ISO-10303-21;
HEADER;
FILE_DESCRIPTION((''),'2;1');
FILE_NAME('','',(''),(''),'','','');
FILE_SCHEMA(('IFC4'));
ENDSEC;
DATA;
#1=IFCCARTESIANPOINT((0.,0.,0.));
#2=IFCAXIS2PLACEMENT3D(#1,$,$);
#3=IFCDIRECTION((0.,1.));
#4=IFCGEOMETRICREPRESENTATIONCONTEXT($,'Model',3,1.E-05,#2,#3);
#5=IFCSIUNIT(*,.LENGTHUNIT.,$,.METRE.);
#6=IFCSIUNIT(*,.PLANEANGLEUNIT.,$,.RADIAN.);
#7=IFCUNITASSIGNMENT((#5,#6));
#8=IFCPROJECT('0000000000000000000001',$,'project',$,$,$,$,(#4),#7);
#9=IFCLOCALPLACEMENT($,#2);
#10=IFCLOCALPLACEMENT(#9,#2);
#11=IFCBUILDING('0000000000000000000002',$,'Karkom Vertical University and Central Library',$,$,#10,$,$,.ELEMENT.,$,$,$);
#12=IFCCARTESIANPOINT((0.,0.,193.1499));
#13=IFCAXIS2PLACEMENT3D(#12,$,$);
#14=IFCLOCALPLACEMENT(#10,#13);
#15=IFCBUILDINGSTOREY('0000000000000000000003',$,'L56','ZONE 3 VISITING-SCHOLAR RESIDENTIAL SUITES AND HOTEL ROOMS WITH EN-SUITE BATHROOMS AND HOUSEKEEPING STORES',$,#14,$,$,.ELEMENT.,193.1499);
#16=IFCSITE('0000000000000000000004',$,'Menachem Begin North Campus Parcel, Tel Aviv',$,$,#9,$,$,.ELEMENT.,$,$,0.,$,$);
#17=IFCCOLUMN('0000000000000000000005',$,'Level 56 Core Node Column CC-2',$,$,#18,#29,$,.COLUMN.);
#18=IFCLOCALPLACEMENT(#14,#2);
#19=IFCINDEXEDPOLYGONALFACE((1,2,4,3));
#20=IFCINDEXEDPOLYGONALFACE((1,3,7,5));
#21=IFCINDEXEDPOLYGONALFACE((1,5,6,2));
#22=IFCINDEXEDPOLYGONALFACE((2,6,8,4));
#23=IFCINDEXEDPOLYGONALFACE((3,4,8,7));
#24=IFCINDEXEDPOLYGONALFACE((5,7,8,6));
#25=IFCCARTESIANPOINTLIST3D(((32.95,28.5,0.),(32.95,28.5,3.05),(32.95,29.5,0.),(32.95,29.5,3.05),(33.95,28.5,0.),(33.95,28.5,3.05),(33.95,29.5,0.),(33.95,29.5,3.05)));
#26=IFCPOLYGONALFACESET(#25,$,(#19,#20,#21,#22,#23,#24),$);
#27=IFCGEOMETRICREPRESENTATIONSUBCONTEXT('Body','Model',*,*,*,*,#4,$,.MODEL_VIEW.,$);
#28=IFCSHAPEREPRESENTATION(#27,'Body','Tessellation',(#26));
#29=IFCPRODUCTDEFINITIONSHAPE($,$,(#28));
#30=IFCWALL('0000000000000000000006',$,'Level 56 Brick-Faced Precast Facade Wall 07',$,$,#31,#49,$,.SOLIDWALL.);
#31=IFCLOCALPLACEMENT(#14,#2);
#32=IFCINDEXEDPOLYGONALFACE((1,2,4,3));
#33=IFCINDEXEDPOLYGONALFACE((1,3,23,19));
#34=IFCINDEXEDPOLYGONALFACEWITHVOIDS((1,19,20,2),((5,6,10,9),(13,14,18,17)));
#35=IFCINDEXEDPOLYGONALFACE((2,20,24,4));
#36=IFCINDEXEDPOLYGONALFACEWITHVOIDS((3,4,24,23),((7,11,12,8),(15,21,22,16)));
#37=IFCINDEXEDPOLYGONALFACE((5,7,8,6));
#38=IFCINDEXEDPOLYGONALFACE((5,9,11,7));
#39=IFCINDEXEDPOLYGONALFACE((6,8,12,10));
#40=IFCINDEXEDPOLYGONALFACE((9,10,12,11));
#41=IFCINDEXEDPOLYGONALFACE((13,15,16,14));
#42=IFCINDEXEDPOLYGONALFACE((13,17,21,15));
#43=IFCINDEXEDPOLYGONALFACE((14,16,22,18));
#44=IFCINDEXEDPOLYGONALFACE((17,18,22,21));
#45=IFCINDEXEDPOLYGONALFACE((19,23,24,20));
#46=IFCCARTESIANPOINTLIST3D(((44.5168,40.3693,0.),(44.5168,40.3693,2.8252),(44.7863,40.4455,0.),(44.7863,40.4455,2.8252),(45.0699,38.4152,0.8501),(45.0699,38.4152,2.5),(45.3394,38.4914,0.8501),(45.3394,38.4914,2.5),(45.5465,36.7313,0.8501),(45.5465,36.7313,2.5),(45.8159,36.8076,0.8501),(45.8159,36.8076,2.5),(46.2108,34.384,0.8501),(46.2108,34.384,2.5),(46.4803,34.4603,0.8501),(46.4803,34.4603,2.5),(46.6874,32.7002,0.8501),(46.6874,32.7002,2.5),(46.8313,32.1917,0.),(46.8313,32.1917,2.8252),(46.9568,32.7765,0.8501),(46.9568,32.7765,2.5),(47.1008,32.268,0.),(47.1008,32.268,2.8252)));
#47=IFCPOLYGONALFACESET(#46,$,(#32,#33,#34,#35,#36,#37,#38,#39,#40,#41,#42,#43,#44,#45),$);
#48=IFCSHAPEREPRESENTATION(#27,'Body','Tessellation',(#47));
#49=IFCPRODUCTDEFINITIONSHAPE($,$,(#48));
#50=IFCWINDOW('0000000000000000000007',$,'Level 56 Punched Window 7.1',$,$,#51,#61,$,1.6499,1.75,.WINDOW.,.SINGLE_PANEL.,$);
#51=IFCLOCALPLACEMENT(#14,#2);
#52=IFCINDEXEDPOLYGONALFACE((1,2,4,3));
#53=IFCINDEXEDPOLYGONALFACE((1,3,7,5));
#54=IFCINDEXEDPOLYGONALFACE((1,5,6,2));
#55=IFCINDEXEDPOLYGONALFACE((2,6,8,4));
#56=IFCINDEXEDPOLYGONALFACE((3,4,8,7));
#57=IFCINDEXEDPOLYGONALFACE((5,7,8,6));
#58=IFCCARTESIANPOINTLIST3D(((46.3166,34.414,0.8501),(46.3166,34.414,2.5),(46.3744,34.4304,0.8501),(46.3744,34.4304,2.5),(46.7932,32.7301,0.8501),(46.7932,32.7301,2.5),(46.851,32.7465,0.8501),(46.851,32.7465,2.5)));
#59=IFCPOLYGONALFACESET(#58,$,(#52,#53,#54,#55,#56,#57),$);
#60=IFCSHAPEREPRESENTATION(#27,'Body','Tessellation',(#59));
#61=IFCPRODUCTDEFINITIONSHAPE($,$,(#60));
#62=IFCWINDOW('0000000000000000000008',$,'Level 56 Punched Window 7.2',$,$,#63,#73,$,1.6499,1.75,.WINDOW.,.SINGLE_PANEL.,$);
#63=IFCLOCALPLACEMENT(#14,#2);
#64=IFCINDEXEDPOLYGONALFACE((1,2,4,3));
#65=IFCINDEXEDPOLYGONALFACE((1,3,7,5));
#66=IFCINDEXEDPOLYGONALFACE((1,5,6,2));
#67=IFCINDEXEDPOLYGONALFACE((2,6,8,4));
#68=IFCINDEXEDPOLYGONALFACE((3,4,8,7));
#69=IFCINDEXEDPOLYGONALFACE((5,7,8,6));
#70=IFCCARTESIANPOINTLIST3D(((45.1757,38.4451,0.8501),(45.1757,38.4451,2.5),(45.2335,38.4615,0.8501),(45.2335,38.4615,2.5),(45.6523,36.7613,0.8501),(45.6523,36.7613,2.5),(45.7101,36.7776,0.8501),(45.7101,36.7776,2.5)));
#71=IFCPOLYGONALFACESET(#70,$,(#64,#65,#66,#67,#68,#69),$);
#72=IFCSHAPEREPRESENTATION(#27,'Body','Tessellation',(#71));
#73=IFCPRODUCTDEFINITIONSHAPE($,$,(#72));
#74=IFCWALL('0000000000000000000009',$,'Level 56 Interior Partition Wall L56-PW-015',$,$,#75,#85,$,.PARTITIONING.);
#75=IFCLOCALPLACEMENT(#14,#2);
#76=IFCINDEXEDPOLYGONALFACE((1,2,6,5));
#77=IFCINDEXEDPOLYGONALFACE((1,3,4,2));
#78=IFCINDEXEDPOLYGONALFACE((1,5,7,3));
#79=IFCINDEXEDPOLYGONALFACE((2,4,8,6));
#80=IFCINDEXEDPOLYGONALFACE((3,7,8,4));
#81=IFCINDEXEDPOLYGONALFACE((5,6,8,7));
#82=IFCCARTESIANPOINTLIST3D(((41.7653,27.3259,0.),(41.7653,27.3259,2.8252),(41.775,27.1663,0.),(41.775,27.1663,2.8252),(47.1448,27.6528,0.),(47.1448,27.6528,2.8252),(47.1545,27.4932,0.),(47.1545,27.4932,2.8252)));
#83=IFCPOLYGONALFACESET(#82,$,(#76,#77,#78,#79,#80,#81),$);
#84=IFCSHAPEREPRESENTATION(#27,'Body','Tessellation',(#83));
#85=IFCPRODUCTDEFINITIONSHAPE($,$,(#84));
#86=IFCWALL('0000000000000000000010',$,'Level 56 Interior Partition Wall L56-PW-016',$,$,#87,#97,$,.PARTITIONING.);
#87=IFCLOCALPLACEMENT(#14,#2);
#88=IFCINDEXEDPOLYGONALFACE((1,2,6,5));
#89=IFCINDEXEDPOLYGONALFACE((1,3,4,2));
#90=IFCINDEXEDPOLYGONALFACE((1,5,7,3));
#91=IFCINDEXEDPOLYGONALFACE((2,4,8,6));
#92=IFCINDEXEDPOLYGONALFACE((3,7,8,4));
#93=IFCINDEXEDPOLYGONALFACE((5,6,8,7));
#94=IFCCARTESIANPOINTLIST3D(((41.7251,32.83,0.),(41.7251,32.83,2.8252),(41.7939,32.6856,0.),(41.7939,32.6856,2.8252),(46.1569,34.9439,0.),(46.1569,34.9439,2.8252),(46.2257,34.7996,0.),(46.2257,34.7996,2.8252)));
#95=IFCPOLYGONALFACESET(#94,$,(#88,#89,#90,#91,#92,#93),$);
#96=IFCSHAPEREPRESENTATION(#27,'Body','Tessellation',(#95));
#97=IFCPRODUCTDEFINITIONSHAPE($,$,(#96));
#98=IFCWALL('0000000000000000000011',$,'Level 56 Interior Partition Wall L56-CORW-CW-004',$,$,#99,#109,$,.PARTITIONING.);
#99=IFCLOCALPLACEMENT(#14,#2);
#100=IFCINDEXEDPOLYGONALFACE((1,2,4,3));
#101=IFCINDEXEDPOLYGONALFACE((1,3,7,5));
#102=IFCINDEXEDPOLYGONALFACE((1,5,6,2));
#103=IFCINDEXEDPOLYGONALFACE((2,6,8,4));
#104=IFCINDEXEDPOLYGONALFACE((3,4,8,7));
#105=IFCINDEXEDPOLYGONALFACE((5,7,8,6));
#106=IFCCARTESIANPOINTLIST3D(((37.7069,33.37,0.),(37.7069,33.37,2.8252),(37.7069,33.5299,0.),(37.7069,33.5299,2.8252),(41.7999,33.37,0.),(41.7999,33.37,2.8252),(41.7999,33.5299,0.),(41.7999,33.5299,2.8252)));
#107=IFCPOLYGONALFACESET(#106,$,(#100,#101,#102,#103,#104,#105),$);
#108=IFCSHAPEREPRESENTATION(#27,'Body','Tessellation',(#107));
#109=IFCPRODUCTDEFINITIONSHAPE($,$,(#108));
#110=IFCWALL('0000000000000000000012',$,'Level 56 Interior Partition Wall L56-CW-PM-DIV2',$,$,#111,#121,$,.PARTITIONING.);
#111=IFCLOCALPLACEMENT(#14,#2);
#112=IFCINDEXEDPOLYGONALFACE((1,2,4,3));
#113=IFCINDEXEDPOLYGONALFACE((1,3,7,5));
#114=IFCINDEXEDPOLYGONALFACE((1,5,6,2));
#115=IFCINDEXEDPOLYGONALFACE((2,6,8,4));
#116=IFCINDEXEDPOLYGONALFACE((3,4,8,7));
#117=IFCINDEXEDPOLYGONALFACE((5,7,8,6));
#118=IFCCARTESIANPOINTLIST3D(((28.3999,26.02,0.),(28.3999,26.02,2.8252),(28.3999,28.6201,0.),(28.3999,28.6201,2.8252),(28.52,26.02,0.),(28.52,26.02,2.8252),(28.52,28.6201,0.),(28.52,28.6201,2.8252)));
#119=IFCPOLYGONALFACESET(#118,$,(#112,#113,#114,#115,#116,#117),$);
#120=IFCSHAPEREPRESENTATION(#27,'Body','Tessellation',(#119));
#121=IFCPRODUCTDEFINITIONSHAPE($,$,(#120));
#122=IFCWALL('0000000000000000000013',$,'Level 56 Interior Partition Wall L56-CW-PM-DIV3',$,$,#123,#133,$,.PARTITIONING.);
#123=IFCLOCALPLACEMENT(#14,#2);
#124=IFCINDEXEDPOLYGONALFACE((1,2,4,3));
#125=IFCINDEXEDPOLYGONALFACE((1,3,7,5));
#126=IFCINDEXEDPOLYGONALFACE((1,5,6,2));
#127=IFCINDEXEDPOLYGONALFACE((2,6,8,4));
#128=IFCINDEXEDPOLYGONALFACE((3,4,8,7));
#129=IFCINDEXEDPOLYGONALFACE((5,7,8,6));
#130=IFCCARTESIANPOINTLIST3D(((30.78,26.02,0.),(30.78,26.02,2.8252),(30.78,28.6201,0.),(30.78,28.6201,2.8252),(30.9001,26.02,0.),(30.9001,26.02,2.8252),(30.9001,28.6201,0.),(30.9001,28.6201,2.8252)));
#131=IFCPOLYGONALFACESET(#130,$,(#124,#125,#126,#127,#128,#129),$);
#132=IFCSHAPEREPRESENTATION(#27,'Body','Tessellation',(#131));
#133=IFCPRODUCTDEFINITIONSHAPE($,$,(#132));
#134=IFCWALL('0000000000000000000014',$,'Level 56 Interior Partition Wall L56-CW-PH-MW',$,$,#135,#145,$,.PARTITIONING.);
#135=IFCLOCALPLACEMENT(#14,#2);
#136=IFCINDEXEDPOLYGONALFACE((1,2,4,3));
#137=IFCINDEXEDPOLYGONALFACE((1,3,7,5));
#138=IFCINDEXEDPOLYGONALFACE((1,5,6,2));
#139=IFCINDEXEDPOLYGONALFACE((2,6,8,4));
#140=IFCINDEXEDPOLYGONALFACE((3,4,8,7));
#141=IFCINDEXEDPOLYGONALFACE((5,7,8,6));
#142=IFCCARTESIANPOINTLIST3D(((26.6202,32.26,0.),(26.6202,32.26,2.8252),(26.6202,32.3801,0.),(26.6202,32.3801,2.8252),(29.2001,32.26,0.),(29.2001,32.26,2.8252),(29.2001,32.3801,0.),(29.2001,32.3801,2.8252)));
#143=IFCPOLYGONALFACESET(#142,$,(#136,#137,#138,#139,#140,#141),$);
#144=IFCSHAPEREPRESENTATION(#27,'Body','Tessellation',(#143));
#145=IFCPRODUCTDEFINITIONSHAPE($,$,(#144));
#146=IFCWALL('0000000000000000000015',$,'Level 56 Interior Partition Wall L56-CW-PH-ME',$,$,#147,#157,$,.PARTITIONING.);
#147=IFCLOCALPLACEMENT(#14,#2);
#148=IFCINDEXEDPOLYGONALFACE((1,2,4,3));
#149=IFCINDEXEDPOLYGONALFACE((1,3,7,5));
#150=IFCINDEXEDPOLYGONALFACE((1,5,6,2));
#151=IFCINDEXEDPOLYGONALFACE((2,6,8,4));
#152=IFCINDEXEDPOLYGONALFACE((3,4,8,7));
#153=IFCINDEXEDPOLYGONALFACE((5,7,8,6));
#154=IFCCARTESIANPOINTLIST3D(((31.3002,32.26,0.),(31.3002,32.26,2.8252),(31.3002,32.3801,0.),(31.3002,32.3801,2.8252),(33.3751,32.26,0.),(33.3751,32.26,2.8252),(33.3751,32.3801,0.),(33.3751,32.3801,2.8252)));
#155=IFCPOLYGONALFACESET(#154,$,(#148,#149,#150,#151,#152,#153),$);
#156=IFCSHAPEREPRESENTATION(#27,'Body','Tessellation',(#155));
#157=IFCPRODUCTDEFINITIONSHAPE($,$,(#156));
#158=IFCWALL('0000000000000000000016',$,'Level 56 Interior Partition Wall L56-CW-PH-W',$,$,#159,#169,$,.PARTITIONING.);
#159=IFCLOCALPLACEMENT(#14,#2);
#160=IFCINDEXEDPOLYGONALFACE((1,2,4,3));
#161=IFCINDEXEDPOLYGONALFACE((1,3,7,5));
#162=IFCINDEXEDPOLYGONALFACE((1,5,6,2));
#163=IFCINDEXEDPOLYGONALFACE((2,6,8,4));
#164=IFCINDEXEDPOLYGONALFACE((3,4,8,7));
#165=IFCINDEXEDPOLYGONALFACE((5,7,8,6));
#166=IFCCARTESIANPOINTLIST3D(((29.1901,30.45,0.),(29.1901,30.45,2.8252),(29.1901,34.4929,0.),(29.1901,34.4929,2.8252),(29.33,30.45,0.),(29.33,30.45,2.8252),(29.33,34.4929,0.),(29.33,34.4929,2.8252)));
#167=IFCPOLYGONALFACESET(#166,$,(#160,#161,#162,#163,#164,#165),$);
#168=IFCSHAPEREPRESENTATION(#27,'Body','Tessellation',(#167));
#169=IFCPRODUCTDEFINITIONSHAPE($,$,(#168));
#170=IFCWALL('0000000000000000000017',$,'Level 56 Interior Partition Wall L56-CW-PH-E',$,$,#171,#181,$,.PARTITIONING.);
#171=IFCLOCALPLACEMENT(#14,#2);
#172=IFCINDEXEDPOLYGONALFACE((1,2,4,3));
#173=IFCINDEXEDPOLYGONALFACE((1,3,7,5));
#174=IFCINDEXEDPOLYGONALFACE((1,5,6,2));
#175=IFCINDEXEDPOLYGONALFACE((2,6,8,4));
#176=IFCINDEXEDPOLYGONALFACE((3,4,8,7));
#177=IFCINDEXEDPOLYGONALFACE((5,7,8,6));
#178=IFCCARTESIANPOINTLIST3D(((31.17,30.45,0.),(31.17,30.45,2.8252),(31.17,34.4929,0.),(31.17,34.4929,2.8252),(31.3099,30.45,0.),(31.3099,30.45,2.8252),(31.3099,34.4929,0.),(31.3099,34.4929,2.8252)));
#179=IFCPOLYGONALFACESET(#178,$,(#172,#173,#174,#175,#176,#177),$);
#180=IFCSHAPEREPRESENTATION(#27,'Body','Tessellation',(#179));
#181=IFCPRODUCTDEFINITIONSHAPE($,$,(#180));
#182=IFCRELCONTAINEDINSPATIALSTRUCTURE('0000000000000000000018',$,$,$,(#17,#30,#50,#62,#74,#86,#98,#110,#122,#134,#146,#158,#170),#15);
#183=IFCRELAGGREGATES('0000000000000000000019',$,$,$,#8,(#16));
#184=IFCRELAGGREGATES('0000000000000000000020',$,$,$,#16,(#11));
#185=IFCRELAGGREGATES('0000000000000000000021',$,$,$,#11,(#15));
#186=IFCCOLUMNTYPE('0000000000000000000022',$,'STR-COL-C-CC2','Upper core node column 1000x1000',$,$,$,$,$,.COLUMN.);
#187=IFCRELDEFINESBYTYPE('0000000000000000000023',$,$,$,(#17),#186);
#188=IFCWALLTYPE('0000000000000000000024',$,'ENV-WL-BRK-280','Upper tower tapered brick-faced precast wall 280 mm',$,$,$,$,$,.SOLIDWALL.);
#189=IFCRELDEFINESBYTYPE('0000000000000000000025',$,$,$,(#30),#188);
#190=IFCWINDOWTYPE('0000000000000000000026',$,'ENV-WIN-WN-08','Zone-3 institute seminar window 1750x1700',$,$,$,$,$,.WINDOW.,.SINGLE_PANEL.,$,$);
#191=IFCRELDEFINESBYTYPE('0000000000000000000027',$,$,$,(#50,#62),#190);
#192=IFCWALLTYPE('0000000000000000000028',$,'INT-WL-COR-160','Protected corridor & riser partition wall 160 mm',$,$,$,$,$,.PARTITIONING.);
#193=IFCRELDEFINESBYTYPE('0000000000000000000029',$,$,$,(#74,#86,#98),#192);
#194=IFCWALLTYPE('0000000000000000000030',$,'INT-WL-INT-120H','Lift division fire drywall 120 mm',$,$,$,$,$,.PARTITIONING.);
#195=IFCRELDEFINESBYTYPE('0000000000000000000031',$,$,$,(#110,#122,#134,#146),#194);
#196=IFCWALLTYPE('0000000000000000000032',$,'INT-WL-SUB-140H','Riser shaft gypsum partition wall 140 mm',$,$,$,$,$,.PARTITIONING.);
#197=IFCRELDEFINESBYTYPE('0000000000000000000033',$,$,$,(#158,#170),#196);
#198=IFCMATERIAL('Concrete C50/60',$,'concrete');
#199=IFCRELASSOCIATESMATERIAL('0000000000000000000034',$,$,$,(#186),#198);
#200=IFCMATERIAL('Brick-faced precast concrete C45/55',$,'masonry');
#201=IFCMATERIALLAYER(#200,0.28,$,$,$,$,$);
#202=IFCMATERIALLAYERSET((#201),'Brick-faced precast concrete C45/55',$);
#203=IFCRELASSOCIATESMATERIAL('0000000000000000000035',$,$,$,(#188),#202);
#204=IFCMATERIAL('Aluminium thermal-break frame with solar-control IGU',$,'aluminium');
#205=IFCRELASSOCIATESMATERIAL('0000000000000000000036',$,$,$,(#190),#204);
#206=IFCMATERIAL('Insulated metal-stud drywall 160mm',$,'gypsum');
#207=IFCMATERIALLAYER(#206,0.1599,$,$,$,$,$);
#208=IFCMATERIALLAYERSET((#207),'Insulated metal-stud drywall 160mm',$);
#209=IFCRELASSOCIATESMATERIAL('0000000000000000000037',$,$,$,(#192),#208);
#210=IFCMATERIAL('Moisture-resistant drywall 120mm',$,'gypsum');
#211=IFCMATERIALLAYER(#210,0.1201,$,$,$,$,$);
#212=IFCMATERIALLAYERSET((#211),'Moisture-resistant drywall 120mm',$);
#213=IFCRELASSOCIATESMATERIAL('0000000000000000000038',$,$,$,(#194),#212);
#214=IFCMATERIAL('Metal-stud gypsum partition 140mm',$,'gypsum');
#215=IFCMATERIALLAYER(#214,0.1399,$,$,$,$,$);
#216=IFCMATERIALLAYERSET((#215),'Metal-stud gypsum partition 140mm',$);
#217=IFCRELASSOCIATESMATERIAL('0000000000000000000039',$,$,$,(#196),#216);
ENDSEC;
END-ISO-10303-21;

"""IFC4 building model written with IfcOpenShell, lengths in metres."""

from ifc_helpers import new_model, si_unit, direction, frame, frame_2d, origin, origin_with_axes, origin_2d, place, context, subcontext, project, spatial, rectangle, extrude, source, transform, mapped, material, layer, layer_set, material_profile, profile_set, type_object, element, fill, save


model = new_model("IFC4")

# Units and contexts
model_context = context("Model", 3, precision=1e-05, world=origin(), true_north=direction((0.0, 1.0)))
body_context = subcontext(model_context, "Body", "Model", "MODEL_VIEW")
ifc_project = project(units=[si_unit("LENGTHUNIT", "METRE"), si_unit("PLANEANGLEUNIT", "RADIAN")], contexts=[model_context])

# Site, building, storey
site_placement = place(None, origin())
site = spatial("IfcSite", under=ifc_project, at=site_placement, Name="Menachem Begin North Campus Parcel, Tel Aviv", CompositionType="ELEMENT", RefElevation=0.0)
building_placement = place(site_placement, origin())
building = spatial("IfcBuilding", under=site, at=building_placement, Name="Karkom Vertical University and Central Library", CompositionType="ELEMENT")
storey_placement = place(building_placement, frame((0.0, 0.0, 193.1499)))
storey = spatial("IfcBuildingStorey", under=building, at=storey_placement, Name="L56", Description="ZONE 3 VISITING-SCHOLAR RESIDENTIAL SUITES AND HOTEL ROOMS WITH EN-SUITE BATHROOMS AND HOUSEKEEPING STORES", CompositionType="ELEMENT", Elevation=193.1499)

# Column
ifc_material_1 = material(Name="Concrete C50/60", Category="concrete")
ifc_material_profile = material_profile(ifc_material_1, rectangle(XDim=1.0, YDim=1.0, at=origin_2d()), Name="RC-1000x1000")
ifc_profile_set = profile_set([ifc_material_profile], Name="Concrete C50/60")
column_type = type_object("IfcColumnType", Name="STR-COL-C-CC2", Description="Upper core node column 1000x1000", PredefinedType="COLUMN", material=ifc_profile_set)
shared_shape_1 = source(origin_with_axes(), body_context, "Body", "SweptSolid", [
    extrude(rectangle(XDim=1.0, YDim=1.0, at=origin_2d()), origin(), (0.0, 0.0, 1.0), 3.05),
])
column_placement = place(storey_placement, frame((33.45, 29.0, 0.0), z_axis=(0.0, 0.0, 1.0), x_axis=(1.0, 0.0, 0.0)))
element("IfcColumn", 1, at=column_placement, inside=storey, type_object=column_type, Name="Level 56 Core Node Column CC-2", PredefinedType="COLUMN", context=body_context, shape_type="MappedRepresentation", body=[
    mapped(shared_shape_1, transform((0.0, 0.0, 0.0), scale=1.0)),
])

# Wall, openings, windows
ifc_material_2 = material(Name="Brick-faced precast concrete C45/55", Category="masonry")
ifc_layer_1 = layer(ifc_material_2, 0.28)
ifc_layer_set_1 = layer_set([ifc_layer_1], Name="Brick-faced precast concrete C45/55")
wall_type_1 = type_object("IfcWallType", Name="ENV-WL-BRK-280", Description="Upper tower tapered brick-faced precast wall 280 mm", PredefinedType="SOLIDWALL", material=ifc_layer_set_1)
wall_1_placement = place(storey_placement, frame((46.9661, 32.2297, 0.0), z_axis=(0.0, 0.0, 1.0), x_axis=(-0.27233, 0.962204, 0.0)))
wall_1 = element("IfcWall", 2, at=wall_1_placement, inside=storey, type_object=wall_type_1, Name="Level 56 Brick-Faced Precast Facade Wall 07", PredefinedType="SOLIDWALL", context=body_context, shape_type="SweptSolid", body=[
    extrude(rectangle(XDim=8.4988, YDim=0.28, at=frame_2d((4.2495, 0.0))), origin(), (0.0, 0.0, 1.0), 2.8252),
])
opening_1_placement = place(wall_1_placement, frame((0.5286, 0.0, 0.8501)))
opening_1 = element("IfcOpeningElement", 3, at=opening_1_placement, cuts=wall_1, PredefinedType="OPENING", context=body_context, shape_type="SweptSolid", body=[
    extrude(rectangle(XDim=1.75, YDim=1.6499, at=frame_2d((0.875, 0.825))), frame((0.0, 0.1499, 0.0), z_axis=(0.0, -1.0, 0.0), x_axis=(1.0, 0.0, 0.0)), (0.0, 0.0, 1.0), 0.3),
])
opening_2_placement = place(wall_1_placement, frame((4.718, 0.0, 0.8501)))
opening_2 = element("IfcOpeningElement", 4, at=opening_2_placement, cuts=wall_1, PredefinedType="OPENING", context=body_context, shape_type="SweptSolid", body=[
    extrude(rectangle(XDim=1.75, YDim=1.6499, at=frame_2d((0.875, 0.825))), frame((0.0, 0.1499, 0.0), z_axis=(0.0, -1.0, 0.0), x_axis=(1.0, 0.0, 0.0)), (0.0, 0.0, 1.0), 0.3),
])
ifc_material_3 = material(Name="Aluminium thermal-break frame with solar-control IGU", Category="aluminium")
window_type = type_object("IfcWindowType", Name="ENV-WIN-WN-08", Description="Zone-3 institute seminar window 1750x1700", PartitioningType="SINGLE_PANEL", PredefinedType="WINDOW", material=ifc_material_3)
shared_shape_2 = source(origin_with_axes(), body_context, "Body", "SweptSolid", [
    extrude(rectangle(XDim=1.75, YDim=1.6499, at=frame_2d((0.875, 0.825))), frame((0.0, 0.03, 0.0), z_axis=(0.0, -1.0, 0.0), x_axis=(1.0, 0.0, 0.0)), (0.0, 0.0, 1.0), 0.0601),
])
window_1_placement = place(opening_1_placement, origin())
window_1 = element("IfcWindow", 5, at=window_1_placement, inside=storey, type_object=window_type, Name="Level 56 Punched Window 7.1", OverallHeight=1.6499, OverallWidth=1.75, PartitioningType="SINGLE_PANEL", PredefinedType="WINDOW", context=body_context, shape_type="MappedRepresentation", body=[
    mapped(shared_shape_2, transform((0.0, 0.0, 0.0), scale=1.0)),
])
fill(opening_1, window_1)
window_2_placement = place(opening_2_placement, origin())
window_2 = element("IfcWindow", 6, at=window_2_placement, inside=storey, type_object=window_type, Name="Level 56 Punched Window 7.2", OverallHeight=1.6499, OverallWidth=1.75, PartitioningType="SINGLE_PANEL", PredefinedType="WINDOW", context=body_context, shape_type="MappedRepresentation", body=[
    mapped(shared_shape_2, transform((0.0, 0.0, 0.0), scale=1.0)),
])
fill(opening_2, window_2)

# Shared definitions
ifc_material_4 = material(Name="Insulated metal-stud drywall 160mm", Category="gypsum")
ifc_layer_2 = layer(ifc_material_4, 0.1599)
ifc_layer_set_2 = layer_set([ifc_layer_2], Name="Insulated metal-stud drywall 160mm")
wall_type_2 = type_object("IfcWallType", Name="INT-WL-COR-160", Description="Protected corridor & riser partition wall 160 mm", PredefinedType="PARTITIONING", material=ifc_layer_set_2)

# Walls
wall_2_placement = place(storey_placement, frame((41.77, 27.2461, 0.0), z_axis=(0.0, 0.0, 1.0), x_axis=(0.998159, 0.060658, 0.0)))
element("IfcWall", 7, at=wall_2_placement, inside=storey, type_object=wall_type_2, Name="Level 56 Interior Partition Wall L56-PW-015", PredefinedType="PARTITIONING", context=body_context, shape_type="SweptSolid", body=[
    extrude(rectangle(XDim=5.3894, YDim=0.1599, at=frame_2d((2.6948, 0.0))), origin(), (0.0, 0.0, 1.0), 2.8252),
])
wall_3_placement = place(storey_placement, frame((41.7595, 32.7578, 0.0), z_axis=(0.0, 0.0, 1.0), x_axis=(0.902576, 0.43053, 0.0)))
element("IfcWall", 8, at=wall_3_placement, inside=storey, type_object=wall_type_2, Name="Level 56 Interior Partition Wall L56-PW-016", PredefinedType="PARTITIONING", context=body_context, shape_type="SweptSolid", body=[
    extrude(rectangle(XDim=4.9102, YDim=0.1599, at=frame_2d((2.4551, 0.0))), origin(), (0.0, 0.0, 1.0), 2.8252),
])
wall_4_placement = place(storey_placement, frame((37.707, 33.45, 0.0), z_axis=(0.0, 0.0, 1.0), x_axis=(1.0, 0.0, 0.0)))
element("IfcWall", 9, at=wall_4_placement, inside=storey, type_object=wall_type_2, Name="Level 56 Interior Partition Wall L56-CORW-CW-004", PredefinedType="PARTITIONING", context=body_context, shape_type="SweptSolid", body=[
    extrude(rectangle(XDim=4.093, YDim=0.1599, at=frame_2d((2.0464, 0.0))), origin(), (0.0, 0.0, 1.0), 2.8252),
])
ifc_material_5 = material(Name="Moisture-resistant drywall 120mm", Category="gypsum")
ifc_layer_3 = layer(ifc_material_5, 0.1201)
ifc_layer_set_3 = layer_set([ifc_layer_3], Name="Moisture-resistant drywall 120mm")
wall_type_3 = type_object("IfcWallType", Name="INT-WL-INT-120H", Description="Lift division fire drywall 120 mm", PredefinedType="PARTITIONING", material=ifc_layer_set_3)
for number, where, z_axis, x_axis, name in (
    (10, (28.46, 26.02, 0.0), (0.0, 0.0, 1.0), (0.0, 1.0, 0.0), "Level 56 Interior Partition Wall L56-CW-PM-DIV2"),
    (11, (30.8401, 26.02, 0.0), (0.0, 0.0, 1.0), (0.0, 1.0, 0.0), "Level 56 Interior Partition Wall L56-CW-PM-DIV3"),
):
    element("IfcWall", number, at=place(storey_placement, frame(where, z_axis=z_axis, x_axis=x_axis)), inside=storey, type_object=wall_type_3, Name=name, PredefinedType="PARTITIONING", context=body_context, shape_type="SweptSolid", body=[
        extrude(rectangle(XDim=2.6001, YDim=0.1201, at=frame_2d((1.3, 0.0))), origin(), (0.0, 0.0, 1.0), 2.8252),
    ])
wall_5_placement = place(storey_placement, frame((26.6201, 32.3201, 0.0), z_axis=(0.0, 0.0, 1.0), x_axis=(1.0, 0.0, 0.0)))
element("IfcWall", 12, at=wall_5_placement, inside=storey, type_object=wall_type_3, Name="Level 56 Interior Partition Wall L56-CW-PH-MW", PredefinedType="PARTITIONING", context=body_context, shape_type="SweptSolid", body=[
    extrude(rectangle(XDim=2.5798, YDim=0.1201, at=frame_2d((1.29, 0.0))), origin(), (0.0, 0.0, 1.0), 2.8252),
])
wall_6_placement = place(storey_placement, frame((31.3, 32.3201, 0.0), z_axis=(0.0, 0.0, 1.0), x_axis=(1.0, 0.0, 0.0)))
element("IfcWall", 13, at=wall_6_placement, inside=storey, type_object=wall_type_3, Name="Level 56 Interior Partition Wall L56-CW-PH-ME", PredefinedType="PARTITIONING", context=body_context, shape_type="SweptSolid", body=[
    extrude(rectangle(XDim=2.075, YDim=0.1201, at=frame_2d((1.0376, 0.0))), origin(), (0.0, 0.0, 1.0), 2.8252),
])
ifc_material_6 = material(Name="Metal-stud gypsum partition 140mm", Category="gypsum")
ifc_layer_4 = layer(ifc_material_6, 0.1399)
ifc_layer_set_4 = layer_set([ifc_layer_4], Name="Metal-stud gypsum partition 140mm")
wall_type_4 = type_object("IfcWallType", Name="INT-WL-SUB-140H", Description="Riser shaft gypsum partition wall 140 mm", PredefinedType="PARTITIONING", material=ifc_layer_set_4)
for number, where, z_axis, x_axis, name in (
    (14, (29.26, 30.45, 0.0), (0.0, 0.0, 1.0), (0.0, 1.0, 0.0), "Level 56 Interior Partition Wall L56-CW-PH-W"),
    (15, (31.24, 30.45, 0.0), (0.0, 0.0, 1.0), (0.0, 1.0, 0.0), "Level 56 Interior Partition Wall L56-CW-PH-E"),
):
    element("IfcWall", number, at=place(storey_placement, frame(where, z_axis=z_axis, x_axis=x_axis)), inside=storey, type_object=wall_type_4, Name=name, PredefinedType="PARTITIONING", context=body_context, shape_type="SweptSolid", body=[
        extrude(rectangle(XDim=4.043, YDim=0.1399, at=frame_2d((2.0215, 0.0))), origin(), (0.0, 0.0, 1.0), 2.8252),
    ])

save(model, "model.ifc")
